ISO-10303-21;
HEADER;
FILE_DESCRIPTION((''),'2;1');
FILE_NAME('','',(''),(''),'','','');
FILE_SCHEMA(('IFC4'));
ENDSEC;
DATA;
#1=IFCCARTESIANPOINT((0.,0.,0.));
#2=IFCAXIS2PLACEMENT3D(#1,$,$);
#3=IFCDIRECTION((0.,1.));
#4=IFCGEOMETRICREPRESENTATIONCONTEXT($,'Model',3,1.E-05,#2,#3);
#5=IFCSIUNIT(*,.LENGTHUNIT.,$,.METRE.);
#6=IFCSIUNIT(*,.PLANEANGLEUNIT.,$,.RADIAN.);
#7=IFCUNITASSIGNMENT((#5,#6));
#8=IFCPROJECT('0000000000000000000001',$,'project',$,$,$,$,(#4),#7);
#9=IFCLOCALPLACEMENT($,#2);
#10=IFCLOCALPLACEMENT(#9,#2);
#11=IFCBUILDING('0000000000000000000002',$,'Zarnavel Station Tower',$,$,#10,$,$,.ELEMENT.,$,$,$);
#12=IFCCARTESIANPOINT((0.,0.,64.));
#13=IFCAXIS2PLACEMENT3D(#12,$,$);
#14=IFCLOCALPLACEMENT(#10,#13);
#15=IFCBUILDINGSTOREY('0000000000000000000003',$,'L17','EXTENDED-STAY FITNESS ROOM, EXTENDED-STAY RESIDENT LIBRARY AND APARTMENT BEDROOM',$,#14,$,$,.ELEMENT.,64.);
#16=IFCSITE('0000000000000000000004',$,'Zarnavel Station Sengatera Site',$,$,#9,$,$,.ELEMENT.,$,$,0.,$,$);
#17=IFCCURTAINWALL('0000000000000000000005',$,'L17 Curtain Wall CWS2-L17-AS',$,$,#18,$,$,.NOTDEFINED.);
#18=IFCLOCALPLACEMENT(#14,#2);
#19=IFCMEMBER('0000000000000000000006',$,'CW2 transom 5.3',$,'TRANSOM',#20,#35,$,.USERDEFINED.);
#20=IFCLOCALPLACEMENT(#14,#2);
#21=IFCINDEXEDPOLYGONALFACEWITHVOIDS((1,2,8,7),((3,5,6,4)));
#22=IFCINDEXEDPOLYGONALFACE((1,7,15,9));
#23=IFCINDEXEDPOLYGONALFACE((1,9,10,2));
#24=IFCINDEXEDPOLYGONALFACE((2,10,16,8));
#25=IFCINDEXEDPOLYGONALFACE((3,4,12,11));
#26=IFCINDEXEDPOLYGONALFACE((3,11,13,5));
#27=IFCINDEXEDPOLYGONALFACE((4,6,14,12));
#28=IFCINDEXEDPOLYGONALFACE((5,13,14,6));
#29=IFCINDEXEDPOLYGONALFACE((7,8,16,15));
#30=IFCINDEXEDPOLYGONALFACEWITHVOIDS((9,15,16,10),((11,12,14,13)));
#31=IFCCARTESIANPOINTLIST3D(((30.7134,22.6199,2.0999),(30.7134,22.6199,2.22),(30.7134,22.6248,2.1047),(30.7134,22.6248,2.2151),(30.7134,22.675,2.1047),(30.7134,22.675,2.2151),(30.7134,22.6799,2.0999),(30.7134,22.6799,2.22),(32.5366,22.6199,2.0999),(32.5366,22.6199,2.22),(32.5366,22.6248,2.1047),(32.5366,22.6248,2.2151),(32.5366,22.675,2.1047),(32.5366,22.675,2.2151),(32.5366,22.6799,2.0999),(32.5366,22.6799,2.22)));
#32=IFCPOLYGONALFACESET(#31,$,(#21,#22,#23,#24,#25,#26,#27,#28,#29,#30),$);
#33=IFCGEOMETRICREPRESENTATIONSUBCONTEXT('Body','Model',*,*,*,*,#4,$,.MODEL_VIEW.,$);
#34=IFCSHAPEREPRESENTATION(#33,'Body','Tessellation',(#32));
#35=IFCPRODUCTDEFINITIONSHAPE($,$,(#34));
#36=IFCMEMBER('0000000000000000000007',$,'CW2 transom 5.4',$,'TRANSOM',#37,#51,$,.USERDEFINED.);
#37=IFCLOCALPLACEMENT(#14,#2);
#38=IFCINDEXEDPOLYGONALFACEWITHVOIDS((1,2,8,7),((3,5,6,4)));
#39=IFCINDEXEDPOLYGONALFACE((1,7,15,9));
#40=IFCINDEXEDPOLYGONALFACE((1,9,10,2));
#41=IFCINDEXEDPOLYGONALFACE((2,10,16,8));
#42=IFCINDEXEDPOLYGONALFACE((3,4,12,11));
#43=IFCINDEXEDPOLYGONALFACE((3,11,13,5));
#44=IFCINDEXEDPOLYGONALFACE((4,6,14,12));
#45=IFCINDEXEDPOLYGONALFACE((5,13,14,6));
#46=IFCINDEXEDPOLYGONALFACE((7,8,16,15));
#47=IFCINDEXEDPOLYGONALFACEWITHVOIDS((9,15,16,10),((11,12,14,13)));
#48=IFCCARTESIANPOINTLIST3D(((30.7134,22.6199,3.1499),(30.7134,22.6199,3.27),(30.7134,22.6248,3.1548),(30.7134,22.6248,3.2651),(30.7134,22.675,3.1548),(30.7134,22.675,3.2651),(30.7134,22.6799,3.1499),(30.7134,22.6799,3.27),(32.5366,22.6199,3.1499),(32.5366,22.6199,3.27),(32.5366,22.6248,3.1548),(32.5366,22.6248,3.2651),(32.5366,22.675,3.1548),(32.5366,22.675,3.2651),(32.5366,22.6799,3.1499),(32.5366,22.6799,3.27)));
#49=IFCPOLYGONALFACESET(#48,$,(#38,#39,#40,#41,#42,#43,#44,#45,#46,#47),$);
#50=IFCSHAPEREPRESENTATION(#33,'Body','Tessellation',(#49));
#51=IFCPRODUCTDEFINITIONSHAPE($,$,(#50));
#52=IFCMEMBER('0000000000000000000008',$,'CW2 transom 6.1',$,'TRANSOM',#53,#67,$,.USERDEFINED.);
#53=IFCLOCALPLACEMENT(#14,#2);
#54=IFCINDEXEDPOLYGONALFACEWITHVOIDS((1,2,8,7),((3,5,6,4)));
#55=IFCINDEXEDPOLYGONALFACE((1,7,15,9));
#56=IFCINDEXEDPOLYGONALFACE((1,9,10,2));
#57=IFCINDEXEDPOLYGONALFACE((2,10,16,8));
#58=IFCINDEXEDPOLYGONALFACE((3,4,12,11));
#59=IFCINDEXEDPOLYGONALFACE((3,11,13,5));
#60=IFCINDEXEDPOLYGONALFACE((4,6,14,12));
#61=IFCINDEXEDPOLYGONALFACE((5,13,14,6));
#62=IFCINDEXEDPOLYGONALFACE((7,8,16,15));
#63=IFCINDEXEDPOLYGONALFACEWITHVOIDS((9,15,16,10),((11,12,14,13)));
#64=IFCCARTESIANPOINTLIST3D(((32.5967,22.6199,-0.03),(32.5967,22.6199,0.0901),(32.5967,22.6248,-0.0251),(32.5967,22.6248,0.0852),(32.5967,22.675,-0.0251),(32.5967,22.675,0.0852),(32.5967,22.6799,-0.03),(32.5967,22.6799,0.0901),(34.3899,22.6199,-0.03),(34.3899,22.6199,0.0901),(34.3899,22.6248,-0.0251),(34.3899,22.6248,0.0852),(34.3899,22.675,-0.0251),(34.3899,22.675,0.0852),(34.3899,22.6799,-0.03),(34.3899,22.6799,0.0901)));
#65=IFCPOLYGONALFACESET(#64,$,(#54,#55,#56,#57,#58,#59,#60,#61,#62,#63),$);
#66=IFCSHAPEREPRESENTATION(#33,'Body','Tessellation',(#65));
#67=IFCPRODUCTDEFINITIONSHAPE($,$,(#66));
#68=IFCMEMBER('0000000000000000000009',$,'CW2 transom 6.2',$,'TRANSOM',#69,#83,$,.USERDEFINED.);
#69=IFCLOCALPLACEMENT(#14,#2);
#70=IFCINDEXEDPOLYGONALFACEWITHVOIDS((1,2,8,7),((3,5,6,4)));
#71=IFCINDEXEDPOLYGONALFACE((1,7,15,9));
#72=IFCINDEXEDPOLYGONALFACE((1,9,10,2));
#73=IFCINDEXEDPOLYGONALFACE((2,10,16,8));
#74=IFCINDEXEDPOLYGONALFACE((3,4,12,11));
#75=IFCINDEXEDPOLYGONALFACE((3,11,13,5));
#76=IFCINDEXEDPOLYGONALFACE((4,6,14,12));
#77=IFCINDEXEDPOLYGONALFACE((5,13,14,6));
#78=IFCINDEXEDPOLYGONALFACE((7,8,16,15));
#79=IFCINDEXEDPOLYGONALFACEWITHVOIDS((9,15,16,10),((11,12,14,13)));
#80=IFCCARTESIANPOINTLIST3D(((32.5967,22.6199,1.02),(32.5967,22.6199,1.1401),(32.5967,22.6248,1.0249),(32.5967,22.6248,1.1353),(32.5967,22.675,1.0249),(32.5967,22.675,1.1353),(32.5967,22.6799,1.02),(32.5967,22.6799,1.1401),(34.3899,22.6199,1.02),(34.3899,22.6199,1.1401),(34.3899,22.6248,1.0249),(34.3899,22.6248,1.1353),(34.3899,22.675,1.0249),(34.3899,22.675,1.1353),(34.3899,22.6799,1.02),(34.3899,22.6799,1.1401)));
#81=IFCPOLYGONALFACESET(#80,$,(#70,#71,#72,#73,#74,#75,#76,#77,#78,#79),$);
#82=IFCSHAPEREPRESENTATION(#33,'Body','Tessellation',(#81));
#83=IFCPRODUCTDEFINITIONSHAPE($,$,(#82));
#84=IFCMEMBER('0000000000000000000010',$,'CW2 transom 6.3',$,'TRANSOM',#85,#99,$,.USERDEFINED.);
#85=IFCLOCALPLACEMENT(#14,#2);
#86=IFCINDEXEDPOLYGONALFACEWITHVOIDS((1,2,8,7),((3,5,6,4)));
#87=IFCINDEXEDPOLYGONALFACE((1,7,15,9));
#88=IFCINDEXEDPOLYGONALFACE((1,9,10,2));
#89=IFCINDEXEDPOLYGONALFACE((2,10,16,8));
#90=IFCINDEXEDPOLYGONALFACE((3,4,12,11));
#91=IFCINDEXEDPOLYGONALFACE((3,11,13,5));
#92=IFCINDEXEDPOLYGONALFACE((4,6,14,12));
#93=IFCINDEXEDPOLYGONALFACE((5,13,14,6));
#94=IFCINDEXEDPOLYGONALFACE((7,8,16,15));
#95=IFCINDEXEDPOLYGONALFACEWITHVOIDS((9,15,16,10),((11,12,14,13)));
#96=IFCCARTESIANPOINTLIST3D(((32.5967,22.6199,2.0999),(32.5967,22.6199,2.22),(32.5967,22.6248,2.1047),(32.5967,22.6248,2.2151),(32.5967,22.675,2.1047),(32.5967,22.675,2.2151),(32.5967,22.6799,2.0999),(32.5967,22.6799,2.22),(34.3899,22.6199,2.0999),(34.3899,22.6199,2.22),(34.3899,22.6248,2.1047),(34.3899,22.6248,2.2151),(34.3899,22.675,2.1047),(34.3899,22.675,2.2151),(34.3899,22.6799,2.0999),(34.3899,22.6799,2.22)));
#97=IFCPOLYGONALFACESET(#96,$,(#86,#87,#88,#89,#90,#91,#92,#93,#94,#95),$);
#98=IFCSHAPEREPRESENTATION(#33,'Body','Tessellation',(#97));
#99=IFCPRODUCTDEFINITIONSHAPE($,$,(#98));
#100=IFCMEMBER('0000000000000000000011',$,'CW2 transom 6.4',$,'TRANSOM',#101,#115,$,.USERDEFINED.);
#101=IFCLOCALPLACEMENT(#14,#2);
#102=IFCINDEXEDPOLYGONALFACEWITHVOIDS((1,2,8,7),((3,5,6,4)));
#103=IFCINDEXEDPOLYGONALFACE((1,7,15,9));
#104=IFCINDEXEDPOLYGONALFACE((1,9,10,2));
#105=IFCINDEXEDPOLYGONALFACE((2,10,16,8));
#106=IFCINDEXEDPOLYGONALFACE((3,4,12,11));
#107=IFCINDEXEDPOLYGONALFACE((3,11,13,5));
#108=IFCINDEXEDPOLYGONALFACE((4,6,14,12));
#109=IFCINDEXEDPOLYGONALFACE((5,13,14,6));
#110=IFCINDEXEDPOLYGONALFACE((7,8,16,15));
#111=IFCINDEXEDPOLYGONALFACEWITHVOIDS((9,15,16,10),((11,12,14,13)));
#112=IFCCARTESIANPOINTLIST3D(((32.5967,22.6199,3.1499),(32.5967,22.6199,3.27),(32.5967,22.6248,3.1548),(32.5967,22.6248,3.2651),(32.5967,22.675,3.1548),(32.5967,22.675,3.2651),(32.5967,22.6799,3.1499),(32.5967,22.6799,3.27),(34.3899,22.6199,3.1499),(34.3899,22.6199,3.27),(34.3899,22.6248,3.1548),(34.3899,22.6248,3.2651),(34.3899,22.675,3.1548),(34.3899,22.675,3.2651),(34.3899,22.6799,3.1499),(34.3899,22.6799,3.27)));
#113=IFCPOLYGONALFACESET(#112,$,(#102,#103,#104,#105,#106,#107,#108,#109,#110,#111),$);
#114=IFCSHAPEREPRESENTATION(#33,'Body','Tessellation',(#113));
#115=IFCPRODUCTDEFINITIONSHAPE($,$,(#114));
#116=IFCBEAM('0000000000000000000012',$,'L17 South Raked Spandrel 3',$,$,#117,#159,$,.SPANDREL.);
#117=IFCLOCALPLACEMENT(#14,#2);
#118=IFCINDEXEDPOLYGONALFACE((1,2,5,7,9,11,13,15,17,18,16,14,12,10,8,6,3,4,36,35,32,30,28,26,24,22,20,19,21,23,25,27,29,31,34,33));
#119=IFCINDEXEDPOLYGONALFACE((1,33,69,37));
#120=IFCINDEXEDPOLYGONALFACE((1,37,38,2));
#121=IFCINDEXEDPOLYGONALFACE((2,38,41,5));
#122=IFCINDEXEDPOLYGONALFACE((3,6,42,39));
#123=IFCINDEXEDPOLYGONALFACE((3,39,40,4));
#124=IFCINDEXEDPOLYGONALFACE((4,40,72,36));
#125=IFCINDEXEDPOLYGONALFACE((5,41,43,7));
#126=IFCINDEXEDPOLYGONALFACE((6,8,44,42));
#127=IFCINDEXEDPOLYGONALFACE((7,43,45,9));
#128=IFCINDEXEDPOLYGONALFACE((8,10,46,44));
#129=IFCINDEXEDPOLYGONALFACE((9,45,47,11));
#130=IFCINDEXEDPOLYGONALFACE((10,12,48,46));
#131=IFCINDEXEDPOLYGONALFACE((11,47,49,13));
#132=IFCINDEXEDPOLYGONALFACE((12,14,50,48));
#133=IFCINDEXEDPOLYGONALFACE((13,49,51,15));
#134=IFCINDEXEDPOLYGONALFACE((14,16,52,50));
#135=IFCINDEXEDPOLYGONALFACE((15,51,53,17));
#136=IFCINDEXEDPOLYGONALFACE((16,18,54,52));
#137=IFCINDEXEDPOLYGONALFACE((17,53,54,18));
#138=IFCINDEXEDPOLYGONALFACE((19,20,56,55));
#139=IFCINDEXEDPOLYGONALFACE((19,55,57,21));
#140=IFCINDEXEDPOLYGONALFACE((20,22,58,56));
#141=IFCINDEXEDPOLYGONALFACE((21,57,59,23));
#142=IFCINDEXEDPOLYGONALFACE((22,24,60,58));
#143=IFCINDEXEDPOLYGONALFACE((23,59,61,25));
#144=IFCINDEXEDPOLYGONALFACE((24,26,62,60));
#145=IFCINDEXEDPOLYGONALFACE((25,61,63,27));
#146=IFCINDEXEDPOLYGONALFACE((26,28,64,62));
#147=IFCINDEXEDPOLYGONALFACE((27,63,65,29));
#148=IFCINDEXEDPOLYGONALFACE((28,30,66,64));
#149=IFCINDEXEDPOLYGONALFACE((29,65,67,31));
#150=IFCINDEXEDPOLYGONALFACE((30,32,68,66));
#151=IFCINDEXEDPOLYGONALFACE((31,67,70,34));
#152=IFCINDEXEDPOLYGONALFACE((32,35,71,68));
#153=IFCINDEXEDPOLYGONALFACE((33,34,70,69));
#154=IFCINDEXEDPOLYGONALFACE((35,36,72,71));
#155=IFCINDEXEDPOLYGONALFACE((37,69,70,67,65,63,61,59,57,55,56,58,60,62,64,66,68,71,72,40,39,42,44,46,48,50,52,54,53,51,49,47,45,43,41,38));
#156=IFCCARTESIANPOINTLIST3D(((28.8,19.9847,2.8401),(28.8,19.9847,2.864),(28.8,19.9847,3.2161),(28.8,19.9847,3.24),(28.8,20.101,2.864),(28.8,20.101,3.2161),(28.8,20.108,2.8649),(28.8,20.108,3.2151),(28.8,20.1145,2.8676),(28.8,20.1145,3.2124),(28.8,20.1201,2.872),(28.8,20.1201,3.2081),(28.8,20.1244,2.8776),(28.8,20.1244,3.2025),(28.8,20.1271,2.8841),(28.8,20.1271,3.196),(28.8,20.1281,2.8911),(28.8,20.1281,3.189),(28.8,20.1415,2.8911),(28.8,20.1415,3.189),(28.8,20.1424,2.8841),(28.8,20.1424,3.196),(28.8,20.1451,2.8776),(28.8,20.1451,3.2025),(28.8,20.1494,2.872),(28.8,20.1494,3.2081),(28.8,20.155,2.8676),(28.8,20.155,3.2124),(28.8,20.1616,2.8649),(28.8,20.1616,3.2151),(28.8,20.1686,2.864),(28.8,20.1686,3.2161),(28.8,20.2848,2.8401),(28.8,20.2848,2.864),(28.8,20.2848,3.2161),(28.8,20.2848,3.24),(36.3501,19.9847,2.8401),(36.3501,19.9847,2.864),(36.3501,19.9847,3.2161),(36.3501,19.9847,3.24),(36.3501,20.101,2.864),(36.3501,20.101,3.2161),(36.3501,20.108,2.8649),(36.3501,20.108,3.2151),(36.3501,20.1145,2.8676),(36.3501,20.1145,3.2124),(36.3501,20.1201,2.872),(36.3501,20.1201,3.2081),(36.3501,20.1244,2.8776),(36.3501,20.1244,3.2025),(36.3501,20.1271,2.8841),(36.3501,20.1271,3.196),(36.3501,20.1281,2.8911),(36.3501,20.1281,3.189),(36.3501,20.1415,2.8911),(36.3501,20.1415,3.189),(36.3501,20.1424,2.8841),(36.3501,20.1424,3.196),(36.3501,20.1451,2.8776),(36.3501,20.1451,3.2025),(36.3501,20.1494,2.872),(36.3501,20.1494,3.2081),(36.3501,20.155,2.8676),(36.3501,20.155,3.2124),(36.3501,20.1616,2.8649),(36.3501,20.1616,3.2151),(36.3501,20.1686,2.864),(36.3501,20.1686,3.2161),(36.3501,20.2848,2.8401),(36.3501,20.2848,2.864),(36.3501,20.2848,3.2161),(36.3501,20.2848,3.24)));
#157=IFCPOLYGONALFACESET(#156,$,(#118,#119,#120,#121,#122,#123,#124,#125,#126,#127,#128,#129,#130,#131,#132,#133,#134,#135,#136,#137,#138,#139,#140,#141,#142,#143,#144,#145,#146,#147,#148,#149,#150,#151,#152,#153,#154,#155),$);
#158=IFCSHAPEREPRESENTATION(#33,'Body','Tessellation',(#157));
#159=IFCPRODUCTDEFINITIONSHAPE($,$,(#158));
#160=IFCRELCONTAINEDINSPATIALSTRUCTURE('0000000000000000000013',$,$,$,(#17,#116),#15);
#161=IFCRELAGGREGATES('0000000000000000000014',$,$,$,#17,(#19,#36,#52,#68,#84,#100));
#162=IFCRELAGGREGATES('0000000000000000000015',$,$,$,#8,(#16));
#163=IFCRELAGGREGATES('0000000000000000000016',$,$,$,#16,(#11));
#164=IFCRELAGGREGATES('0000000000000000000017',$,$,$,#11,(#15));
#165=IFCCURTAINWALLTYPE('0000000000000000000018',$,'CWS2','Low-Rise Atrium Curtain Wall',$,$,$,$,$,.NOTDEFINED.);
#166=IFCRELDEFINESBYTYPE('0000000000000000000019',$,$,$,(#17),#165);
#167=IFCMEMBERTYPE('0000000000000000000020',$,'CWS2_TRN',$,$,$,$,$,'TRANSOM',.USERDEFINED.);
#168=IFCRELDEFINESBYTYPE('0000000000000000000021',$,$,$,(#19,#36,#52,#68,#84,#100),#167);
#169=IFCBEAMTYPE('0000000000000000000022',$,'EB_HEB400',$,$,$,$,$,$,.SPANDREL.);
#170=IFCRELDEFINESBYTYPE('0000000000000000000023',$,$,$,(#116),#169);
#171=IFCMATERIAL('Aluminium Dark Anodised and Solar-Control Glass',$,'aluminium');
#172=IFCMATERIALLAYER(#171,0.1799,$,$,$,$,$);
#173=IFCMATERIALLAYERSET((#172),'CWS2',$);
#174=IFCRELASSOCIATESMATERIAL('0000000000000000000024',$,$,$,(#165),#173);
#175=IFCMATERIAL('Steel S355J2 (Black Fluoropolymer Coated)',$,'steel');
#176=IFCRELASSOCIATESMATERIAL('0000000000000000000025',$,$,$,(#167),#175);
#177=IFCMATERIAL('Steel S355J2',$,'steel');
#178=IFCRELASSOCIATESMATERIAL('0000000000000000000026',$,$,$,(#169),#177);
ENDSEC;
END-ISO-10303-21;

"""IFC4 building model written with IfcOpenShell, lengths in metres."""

from ifc_helpers import new_model, si_unit, direction, frame, origin, origin_2d, place, context, subcontext, project, spatial, hollow_rectangle, i_section, extrude, material, layer, layer_set, material_profile, profile_set, type_object, element, aggregate, save


model = new_model("IFC4")

# Units and contexts
model_context = context("Model", 3, precision=1e-05, world=origin(), true_north=direction((0.0, 1.0)))
body_context = subcontext(model_context, "Body", "Model", "MODEL_VIEW")
ifc_project = project(units=[si_unit("LENGTHUNIT", "METRE"), si_unit("PLANEANGLEUNIT", "RADIAN")], contexts=[model_context])

# Site, building, storey
site_placement = place(None, origin())
site = spatial("IfcSite", under=ifc_project, at=site_placement, Name="Zarnavel Station Sengatera Site", CompositionType="ELEMENT", RefElevation=0.0)
building_placement = place(site_placement, origin())
building = spatial("IfcBuilding", under=site, at=building_placement, Name="Zarnavel Station Tower", CompositionType="ELEMENT")
storey_placement = place(building_placement, frame((0.0, 0.0, 64.0)))
storey = spatial("IfcBuildingStorey", under=building, at=storey_placement, Name="L17", Description="EXTENDED-STAY FITNESS ROOM, EXTENDED-STAY RESIDENT LIBRARY AND APARTMENT BEDROOM", CompositionType="ELEMENT", Elevation=64.0)

# Curtain wall, members
ifc_material_1 = material(Name="Aluminium Dark Anodised and Solar-Control Glass", Category="aluminium")
ifc_layer_1 = layer(ifc_material_1, 0.1799)
ifc_layer_set_1 = layer_set([ifc_layer_1], Name="CWS2")
curtain_wall_type = type_object("IfcCurtainWallType", Name="CWS2", Description="Low-Rise Atrium Curtain Wall", PredefinedType="NOTDEFINED", material=ifc_layer_set_1)
curtain_wall_placement = place(storey_placement, origin())
curtain_wall = element("IfcCurtainWall", 1, at=curtain_wall_placement, inside=storey, type_object=curtain_wall_type, Name="L17 Curtain Wall CWS2-L17-AS", PredefinedType="NOTDEFINED")
ifc_material_2 = material(Name="Steel S355J2 (Black Fluoropolymer Coated)", Category="steel")
ifc_material_profile_1 = material_profile(ifc_material_2, hollow_rectangle(XDim=0.0601, YDim=0.1201, WallThickness=0.0049, at=origin_2d()), Name="RHS120x60x5")
ifc_profile_set_1 = profile_set([ifc_material_profile_1], Name="Steel S355J2 (Black Fluoropolymer Coated)")
member_type_1 = type_object("IfcMemberType", Name="CWS2_TRN", ElementType="TRANSOM", PredefinedType="USERDEFINED", material=ifc_profile_set_1)
member_1_placement = place(storey_placement, frame((30.7134, 22.6499, 2.1599), z_axis=(1.0, 0.0, 0.0), x_axis=(0.0, 1.0, 0.0)))
member_1 = element("IfcMember", 2, at=member_1_placement, type_object=member_type_1, Name="CW2 transom 5.3", ObjectType="TRANSOM", PredefinedType="USERDEFINED", context=body_context, shape_type="SweptSolid", body=[
    extrude(hollow_rectangle(XDim=0.0601, YDim=0.1201, WallThickness=0.0049, at=origin_2d()), origin(), (0.0, 0.0, 1.0), 1.8232),
])
member_2_placement = place(storey_placement, frame((30.7134, 22.6499, 3.21), z_axis=(1.0, 0.0, 0.0), x_axis=(0.0, 1.0, 0.0)))
member_2 = element("IfcMember", 3, at=member_2_placement, type_object=member_type_1, Name="CW2 transom 5.4", ObjectType="TRANSOM", PredefinedType="USERDEFINED", context=body_context, shape_type="SweptSolid", body=[
    extrude(hollow_rectangle(XDim=0.0601, YDim=0.1201, WallThickness=0.0049, at=origin_2d()), origin(), (0.0, 0.0, 1.0), 1.8232),
])
member_3_placement = place(storey_placement, frame((32.5967, 22.6499, 0.03), z_axis=(1.0, 0.0, 0.0), x_axis=(0.0, 1.0, 0.0)))
member_3 = element("IfcMember", 4, at=member_3_placement, type_object=member_type_1, Name="CW2 transom 6.1", ObjectType="TRANSOM", PredefinedType="USERDEFINED", context=body_context, shape_type="SweptSolid", body=[
    extrude(hollow_rectangle(XDim=0.0601, YDim=0.1201, WallThickness=0.0049, at=origin_2d()), origin(), (0.0, 0.0, 1.0), 1.7932),
])
member_4_placement = place(storey_placement, frame((32.5967, 22.6499, 1.0801), z_axis=(1.0, 0.0, 0.0), x_axis=(0.0, 1.0, 0.0)))
member_4 = element("IfcMember", 5, at=member_4_placement, type_object=member_type_1, Name="CW2 transom 6.2", ObjectType="TRANSOM", PredefinedType="USERDEFINED", context=body_context, shape_type="SweptSolid", body=[
    extrude(hollow_rectangle(XDim=0.0601, YDim=0.1201, WallThickness=0.0049, at=origin_2d()), origin(), (0.0, 0.0, 1.0), 1.7932),
])
member_5_placement = place(storey_placement, frame((32.5967, 22.6499, 2.1599), z_axis=(1.0, 0.0, 0.0), x_axis=(0.0, 1.0, 0.0)))
member_5 = element("IfcMember", 6, at=member_5_placement, type_object=member_type_1, Name="CW2 transom 6.3", ObjectType="TRANSOM", PredefinedType="USERDEFINED", context=body_context, shape_type="SweptSolid", body=[
    extrude(hollow_rectangle(XDim=0.0601, YDim=0.1201, WallThickness=0.0049, at=origin_2d()), origin(), (0.0, 0.0, 1.0), 1.7932),
])
member_6_placement = place(storey_placement, frame((32.5967, 22.6499, 3.21), z_axis=(1.0, 0.0, 0.0), x_axis=(0.0, 1.0, 0.0)))
member_6 = element("IfcMember", 7, at=member_6_placement, type_object=member_type_1, Name="CW2 transom 6.4", ObjectType="TRANSOM", PredefinedType="USERDEFINED", context=body_context, shape_type="SweptSolid", body=[
    extrude(hollow_rectangle(XDim=0.0601, YDim=0.1201, WallThickness=0.0049, at=origin_2d()), origin(), (0.0, 0.0, 1.0), 1.7932),
])

# Beam
ifc_material_3 = material(Name="Steel S355J2", Category="steel")
ifc_material_profile_2 = material_profile(ifc_material_3, i_section(OverallWidth=0.3, OverallDepth=0.3999, WebThickness=0.0134, FlangeThickness=0.0239, FilletRadius=0.0271, at=origin_2d()), Name="HEB400")
ifc_profile_set_2 = profile_set([ifc_material_profile_2], Name="Steel S355J2")
beam_type_1 = type_object("IfcBeamType", Name="EB_HEB400", PredefinedType="SPANDREL", material=ifc_profile_set_2)
beam_1_placement = place(storey_placement, frame((28.8, 20.1348, 3.04), z_axis=(1.0, 0.0, 0.0), x_axis=(0.0, 1.0, 0.0)))
element("IfcBeam", 8, at=beam_1_placement, inside=storey, type_object=beam_type_1, Name="L17 South Raked Spandrel 3", PredefinedType="SPANDREL", context=body_context, shape_type="SweptSolid", body=[
    extrude(i_section(OverallWidth=0.3, OverallDepth=0.3999, WebThickness=0.0134, FlangeThickness=0.0239, FilletRadius=0.0271, at=origin_2d()), origin(), (0.0, 0.0, 1.0), 7.55),
])

aggregate(curtain_wall, [member_1, member_2, member_3, member_4, member_5, member_6])

save(model, "model.ifc")
